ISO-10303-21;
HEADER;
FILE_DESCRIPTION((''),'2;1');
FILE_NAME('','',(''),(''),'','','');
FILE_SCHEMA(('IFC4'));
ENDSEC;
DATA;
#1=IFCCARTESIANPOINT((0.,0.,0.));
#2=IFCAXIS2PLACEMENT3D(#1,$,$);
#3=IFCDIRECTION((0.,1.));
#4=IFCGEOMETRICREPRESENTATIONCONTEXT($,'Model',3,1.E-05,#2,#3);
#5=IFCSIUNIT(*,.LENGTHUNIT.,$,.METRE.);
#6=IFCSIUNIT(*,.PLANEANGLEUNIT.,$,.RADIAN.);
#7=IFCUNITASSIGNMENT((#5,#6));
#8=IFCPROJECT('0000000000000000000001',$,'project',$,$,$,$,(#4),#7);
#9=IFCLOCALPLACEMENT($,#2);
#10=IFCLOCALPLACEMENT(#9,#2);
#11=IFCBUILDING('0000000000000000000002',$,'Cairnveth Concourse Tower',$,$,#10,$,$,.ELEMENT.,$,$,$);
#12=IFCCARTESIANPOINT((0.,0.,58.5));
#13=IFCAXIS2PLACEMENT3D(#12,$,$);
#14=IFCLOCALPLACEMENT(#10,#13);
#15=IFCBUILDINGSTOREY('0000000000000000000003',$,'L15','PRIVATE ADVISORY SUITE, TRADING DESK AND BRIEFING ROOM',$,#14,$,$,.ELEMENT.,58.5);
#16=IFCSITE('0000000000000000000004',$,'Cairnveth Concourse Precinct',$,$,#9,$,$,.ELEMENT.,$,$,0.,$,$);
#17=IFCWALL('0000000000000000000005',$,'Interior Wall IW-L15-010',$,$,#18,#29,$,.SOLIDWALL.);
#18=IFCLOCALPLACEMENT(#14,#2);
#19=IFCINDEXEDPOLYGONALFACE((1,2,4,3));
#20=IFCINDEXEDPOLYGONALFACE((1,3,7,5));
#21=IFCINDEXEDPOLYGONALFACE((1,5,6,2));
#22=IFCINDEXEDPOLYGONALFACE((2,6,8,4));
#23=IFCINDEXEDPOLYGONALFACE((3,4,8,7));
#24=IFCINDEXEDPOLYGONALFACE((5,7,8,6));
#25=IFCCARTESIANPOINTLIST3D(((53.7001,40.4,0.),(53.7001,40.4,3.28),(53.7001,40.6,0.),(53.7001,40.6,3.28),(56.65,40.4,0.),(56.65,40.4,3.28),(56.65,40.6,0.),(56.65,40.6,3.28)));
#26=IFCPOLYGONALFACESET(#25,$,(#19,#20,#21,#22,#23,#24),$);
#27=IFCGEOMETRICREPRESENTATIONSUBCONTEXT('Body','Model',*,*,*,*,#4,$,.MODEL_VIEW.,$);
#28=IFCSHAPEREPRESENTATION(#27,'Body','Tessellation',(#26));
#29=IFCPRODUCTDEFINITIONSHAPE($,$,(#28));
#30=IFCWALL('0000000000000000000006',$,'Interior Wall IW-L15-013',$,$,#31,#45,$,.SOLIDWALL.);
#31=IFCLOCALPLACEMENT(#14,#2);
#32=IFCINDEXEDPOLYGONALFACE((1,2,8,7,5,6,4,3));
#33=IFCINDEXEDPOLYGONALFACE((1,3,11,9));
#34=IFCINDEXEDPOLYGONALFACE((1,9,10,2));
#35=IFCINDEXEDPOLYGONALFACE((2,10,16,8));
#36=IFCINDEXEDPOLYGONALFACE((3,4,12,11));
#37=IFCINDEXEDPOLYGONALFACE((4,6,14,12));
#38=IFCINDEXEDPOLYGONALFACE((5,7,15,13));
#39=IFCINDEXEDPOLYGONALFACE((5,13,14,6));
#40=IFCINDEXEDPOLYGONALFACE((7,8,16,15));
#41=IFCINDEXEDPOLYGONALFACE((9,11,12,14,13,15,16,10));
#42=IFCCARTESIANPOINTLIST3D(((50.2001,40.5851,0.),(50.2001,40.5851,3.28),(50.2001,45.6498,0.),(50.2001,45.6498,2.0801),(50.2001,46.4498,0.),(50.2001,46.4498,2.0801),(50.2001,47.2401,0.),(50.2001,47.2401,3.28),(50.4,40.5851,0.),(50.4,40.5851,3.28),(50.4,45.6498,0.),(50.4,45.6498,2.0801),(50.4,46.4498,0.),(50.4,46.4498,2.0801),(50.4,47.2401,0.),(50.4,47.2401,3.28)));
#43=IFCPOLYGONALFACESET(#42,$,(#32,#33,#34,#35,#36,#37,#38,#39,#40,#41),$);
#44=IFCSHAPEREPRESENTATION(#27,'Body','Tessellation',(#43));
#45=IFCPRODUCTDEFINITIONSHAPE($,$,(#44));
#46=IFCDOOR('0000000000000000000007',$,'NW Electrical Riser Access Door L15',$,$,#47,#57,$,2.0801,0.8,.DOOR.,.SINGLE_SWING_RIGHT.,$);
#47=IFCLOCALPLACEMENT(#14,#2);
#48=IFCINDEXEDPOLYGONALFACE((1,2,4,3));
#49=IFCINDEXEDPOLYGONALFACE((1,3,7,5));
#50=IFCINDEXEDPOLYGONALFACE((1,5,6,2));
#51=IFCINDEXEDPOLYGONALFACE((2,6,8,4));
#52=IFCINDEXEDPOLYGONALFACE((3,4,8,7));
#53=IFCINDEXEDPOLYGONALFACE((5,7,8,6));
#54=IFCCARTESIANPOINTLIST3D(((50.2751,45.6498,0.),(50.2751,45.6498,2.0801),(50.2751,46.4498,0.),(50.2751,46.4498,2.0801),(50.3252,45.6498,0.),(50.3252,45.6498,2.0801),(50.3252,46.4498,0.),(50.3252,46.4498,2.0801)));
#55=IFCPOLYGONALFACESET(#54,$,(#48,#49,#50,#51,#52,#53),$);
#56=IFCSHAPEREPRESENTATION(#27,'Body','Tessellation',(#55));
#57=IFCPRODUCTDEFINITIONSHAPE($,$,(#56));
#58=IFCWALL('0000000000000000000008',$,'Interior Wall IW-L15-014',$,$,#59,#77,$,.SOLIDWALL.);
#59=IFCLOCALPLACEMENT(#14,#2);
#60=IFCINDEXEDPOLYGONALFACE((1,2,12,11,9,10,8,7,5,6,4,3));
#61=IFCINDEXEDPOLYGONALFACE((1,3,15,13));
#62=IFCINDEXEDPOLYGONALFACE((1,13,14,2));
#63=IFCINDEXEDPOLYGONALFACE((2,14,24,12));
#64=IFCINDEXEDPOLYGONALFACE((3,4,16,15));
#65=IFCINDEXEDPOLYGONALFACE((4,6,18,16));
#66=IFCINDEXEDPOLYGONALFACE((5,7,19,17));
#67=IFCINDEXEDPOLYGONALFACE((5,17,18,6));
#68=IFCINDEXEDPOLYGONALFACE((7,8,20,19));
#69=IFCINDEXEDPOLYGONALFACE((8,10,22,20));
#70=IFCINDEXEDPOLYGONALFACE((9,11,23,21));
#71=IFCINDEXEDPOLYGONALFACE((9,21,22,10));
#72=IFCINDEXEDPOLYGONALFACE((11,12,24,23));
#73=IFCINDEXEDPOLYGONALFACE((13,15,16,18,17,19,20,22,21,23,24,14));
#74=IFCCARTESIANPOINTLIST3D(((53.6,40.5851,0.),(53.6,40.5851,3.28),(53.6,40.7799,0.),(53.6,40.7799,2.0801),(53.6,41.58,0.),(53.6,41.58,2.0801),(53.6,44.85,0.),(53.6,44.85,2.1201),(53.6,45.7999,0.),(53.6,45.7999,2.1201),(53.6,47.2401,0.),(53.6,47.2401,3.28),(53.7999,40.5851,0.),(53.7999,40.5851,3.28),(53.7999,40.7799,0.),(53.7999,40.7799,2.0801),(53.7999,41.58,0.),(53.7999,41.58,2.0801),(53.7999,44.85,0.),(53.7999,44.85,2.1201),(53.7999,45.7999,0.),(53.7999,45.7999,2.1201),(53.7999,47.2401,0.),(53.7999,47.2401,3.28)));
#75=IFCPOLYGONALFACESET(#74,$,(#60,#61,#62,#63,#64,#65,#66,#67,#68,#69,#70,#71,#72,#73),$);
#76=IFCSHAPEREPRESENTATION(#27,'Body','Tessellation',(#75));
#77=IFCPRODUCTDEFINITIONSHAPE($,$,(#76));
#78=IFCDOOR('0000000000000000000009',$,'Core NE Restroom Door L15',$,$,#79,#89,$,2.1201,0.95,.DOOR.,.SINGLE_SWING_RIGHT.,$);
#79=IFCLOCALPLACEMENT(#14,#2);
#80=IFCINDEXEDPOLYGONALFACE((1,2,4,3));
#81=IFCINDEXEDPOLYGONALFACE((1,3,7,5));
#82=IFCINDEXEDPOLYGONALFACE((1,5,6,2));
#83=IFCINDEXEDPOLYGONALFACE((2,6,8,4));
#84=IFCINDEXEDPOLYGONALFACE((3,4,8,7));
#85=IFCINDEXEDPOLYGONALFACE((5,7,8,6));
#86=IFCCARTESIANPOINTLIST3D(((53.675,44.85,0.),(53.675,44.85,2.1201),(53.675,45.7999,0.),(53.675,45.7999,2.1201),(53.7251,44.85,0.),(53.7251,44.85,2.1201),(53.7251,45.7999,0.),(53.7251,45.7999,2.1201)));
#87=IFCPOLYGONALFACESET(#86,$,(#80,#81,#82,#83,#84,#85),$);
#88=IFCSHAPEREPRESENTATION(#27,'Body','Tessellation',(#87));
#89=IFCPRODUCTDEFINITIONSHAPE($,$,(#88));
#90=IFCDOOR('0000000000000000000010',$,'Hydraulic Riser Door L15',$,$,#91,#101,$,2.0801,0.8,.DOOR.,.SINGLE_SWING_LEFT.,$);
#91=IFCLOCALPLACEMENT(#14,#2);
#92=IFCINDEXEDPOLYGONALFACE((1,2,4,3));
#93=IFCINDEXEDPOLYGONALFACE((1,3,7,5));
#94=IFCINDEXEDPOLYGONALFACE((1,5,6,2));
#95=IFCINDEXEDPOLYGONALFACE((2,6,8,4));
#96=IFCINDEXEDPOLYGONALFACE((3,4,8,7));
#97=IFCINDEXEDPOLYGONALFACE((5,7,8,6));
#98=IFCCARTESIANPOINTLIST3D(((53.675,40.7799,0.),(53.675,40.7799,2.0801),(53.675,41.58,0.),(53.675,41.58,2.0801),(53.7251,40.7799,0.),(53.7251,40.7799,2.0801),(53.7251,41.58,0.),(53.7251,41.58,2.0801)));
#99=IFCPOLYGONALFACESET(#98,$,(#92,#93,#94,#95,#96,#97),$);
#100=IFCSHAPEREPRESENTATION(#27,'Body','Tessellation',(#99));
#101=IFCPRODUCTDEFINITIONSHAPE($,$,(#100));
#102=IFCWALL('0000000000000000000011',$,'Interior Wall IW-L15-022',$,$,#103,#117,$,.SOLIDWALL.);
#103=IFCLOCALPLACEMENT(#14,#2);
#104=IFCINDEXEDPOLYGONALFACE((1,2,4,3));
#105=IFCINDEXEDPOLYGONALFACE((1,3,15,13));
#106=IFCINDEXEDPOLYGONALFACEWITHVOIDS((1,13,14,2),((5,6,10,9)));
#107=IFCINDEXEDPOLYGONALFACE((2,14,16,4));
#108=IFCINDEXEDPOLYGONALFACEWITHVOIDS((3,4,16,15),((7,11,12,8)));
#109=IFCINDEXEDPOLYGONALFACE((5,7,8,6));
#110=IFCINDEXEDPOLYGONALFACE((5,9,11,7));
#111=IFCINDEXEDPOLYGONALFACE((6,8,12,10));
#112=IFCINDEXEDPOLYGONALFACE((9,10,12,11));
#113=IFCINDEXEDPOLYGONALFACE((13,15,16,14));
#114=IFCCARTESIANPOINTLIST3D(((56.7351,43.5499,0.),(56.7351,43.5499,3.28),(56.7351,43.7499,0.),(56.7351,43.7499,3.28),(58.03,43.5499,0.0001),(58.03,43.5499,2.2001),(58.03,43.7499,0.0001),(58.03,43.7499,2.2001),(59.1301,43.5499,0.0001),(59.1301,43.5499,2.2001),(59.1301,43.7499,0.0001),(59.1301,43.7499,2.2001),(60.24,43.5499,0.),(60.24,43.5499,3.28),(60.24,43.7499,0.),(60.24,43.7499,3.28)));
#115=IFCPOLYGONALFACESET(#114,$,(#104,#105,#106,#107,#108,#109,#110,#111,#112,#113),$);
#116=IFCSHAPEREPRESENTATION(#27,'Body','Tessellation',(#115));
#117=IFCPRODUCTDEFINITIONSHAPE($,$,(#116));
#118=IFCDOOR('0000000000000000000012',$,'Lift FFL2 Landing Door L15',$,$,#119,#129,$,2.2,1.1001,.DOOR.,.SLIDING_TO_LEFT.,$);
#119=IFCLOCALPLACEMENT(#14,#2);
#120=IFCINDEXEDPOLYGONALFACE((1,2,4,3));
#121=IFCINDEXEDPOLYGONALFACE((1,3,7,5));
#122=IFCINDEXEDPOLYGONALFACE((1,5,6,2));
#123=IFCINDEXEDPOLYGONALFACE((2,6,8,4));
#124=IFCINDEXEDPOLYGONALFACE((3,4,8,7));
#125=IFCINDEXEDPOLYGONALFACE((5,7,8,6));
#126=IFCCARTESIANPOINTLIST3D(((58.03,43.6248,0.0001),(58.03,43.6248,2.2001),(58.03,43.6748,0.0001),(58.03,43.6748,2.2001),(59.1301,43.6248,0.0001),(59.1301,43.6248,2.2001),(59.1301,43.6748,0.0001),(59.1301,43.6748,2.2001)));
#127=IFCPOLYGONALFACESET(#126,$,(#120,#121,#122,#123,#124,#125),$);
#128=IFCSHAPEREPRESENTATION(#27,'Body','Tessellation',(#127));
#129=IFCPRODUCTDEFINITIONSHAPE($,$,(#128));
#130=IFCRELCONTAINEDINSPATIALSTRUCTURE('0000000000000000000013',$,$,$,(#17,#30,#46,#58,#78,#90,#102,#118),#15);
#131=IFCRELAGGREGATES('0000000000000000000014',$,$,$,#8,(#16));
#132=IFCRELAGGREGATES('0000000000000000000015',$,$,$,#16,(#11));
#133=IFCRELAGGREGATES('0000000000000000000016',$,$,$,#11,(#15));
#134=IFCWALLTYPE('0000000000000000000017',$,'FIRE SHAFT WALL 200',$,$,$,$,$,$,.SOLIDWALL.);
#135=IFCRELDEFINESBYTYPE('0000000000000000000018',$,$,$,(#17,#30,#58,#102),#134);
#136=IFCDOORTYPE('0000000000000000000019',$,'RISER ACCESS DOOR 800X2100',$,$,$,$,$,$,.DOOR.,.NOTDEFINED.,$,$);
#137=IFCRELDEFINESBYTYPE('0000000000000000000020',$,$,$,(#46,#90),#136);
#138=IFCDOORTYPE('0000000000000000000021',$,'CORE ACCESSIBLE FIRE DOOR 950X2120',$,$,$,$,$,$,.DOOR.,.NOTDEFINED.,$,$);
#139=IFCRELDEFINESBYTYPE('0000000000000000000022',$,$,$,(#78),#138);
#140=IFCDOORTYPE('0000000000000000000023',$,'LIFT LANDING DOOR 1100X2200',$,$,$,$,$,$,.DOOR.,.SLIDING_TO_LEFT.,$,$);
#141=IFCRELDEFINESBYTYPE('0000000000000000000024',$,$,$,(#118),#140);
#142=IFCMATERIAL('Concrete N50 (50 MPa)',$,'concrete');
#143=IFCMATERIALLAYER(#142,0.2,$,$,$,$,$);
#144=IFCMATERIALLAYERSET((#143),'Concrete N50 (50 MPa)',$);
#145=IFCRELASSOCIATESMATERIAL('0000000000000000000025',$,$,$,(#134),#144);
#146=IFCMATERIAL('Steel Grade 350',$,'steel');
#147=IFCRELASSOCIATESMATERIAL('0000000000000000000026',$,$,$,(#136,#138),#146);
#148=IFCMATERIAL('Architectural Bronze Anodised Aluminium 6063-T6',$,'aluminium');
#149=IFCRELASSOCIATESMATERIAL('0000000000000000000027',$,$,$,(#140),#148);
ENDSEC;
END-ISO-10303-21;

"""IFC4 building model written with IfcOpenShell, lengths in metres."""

from ifc_helpers import new_model, si_unit, direction, frame, frame_2d, origin, place, context, subcontext, project, spatial, rectangle, extrude, material, layer, layer_set, type_object, element, fill, save


model = new_model("IFC4")

# Units and contexts
model_context = context("Model", 3, precision=1e-05, world=origin(), true_north=direction((0.0, 1.0)))
body_context = subcontext(model_context, "Body", "Model", "MODEL_VIEW")
ifc_project = project(units=[si_unit("LENGTHUNIT", "METRE"), si_unit("PLANEANGLEUNIT", "RADIAN")], contexts=[model_context])

# Site, building, storey
site_placement = place(None, origin())
site = spatial("IfcSite", under=ifc_project, at=site_placement, Name="Cairnveth Concourse Precinct", CompositionType="ELEMENT", RefElevation=0.0)
building_placement = place(site_placement, origin())
building = spatial("IfcBuilding", under=site, at=building_placement, Name="Cairnveth Concourse Tower", CompositionType="ELEMENT")
storey_placement = place(building_placement, frame((0.0, 0.0, 58.5)))
storey = spatial("IfcBuildingStorey", under=building, at=storey_placement, Name="L15", Description="PRIVATE ADVISORY SUITE, TRADING DESK AND BRIEFING ROOM", CompositionType="ELEMENT", Elevation=58.5)

# Shared definitions
ifc_material_1 = material(Name="Steel Grade 350", Category="steel")

# Wall
ifc_material_2 = material(Name="Concrete N50 (50 MPa)", Category="concrete")
ifc_layer_1 = layer(ifc_material_2, 0.2)
ifc_layer_set_1 = layer_set([ifc_layer_1], Name="Concrete N50 (50 MPa)")
wall_type_1 = type_object("IfcWallType", Name="FIRE SHAFT WALL 200", PredefinedType="SOLIDWALL", material=ifc_layer_set_1)
for number, where, z_axis, x_axis, name in (
    (1, (53.7, 40.5, 0.0), (0.0, 0.0, 1.0), (1.0, 0.0, 0.0), "Interior Wall IW-L15-010"),
):
    element("IfcWall", number, at=place(storey_placement, frame(where, z_axis=z_axis, x_axis=x_axis)), inside=storey, type_object=wall_type_1, Name=name, PredefinedType="SOLIDWALL", context=body_context, shape_type="SweptSolid", body=[
        extrude(rectangle(XDim=2.95, YDim=0.2, at=frame_2d((1.4751, 0.0))), origin(), (0.0, 0.0, 1.0), 3.28),
    ])

# Wall, opening, door
wall_1_placement = place(storey_placement, frame((50.3, 40.585, 0.0), z_axis=(0.0, 0.0, 1.0), x_axis=(0.0, 1.0, 0.0)))
wall_1 = element("IfcWall", 2, at=wall_1_placement, inside=storey, type_object=wall_type_1, Name="Interior Wall IW-L15-013", PredefinedType="SOLIDWALL", context=body_context, shape_type="SweptSolid", body=[
    extrude(rectangle(XDim=6.655, YDim=0.2, at=frame_2d((3.3276, 0.0))), origin(), (0.0, 0.0, 1.0), 3.28),
])
opening_1_placement = place(wall_1_placement, frame((5.0649, 0.0, 0.0)))
opening_1 = element("IfcOpeningElement", 3, at=opening_1_placement, cuts=wall_1, PredefinedType="OPENING", context=body_context, shape_type="SweptSolid", body=[
    extrude(rectangle(XDim=0.8, YDim=2.0801, at=frame_2d((0.3999, 1.04))), frame((0.0, 0.1099, 0.0), z_axis=(0.0, -1.0, 0.0), x_axis=(1.0, 0.0, 0.0)), (0.0, 0.0, 1.0), 0.22),
])
door_type_1 = type_object("IfcDoorType", Name="RISER ACCESS DOOR 800X2100", OperationType="NOTDEFINED", PredefinedType="DOOR", material=ifc_material_1)
door_1_placement = place(opening_1_placement, origin())
door_1 = element("IfcDoor", 4, at=door_1_placement, inside=storey, type_object=door_type_1, Name="NW Electrical Riser Access Door L15", OperationType="SINGLE_SWING_RIGHT", OverallHeight=2.0801, OverallWidth=0.8, PredefinedType="DOOR", context=body_context, shape_type="SweptSolid", body=[
    extrude(rectangle(XDim=0.8, YDim=2.0801, at=frame_2d((0.3999, 1.04))), frame((0.0, 0.0249, 0.0), z_axis=(0.0, -1.0, 0.0), x_axis=(1.0, 0.0, 0.0)), (0.0, 0.0, 1.0), 0.05),
])
fill(opening_1, door_1)

# Wall, openings, doors
wall_2_placement = place(storey_placement, frame((53.7, 40.585, 0.0), z_axis=(0.0, 0.0, 1.0), x_axis=(0.0, 1.0, 0.0)))
wall_2 = element("IfcWall", 5, at=wall_2_placement, inside=storey, type_object=wall_type_1, Name="Interior Wall IW-L15-014", PredefinedType="SOLIDWALL", context=body_context, shape_type="SweptSolid", body=[
    extrude(rectangle(XDim=6.655, YDim=0.2, at=frame_2d((3.3276, 0.0))), origin(), (0.0, 0.0, 1.0), 3.28),
])
opening_2_placement = place(wall_2_placement, frame((0.1951, 0.0, 0.0)))
opening_2 = element("IfcOpeningElement", 6, at=opening_2_placement, cuts=wall_2, PredefinedType="OPENING", context=body_context, shape_type="SweptSolid", body=[
    extrude(rectangle(XDim=0.8, YDim=2.0801, at=frame_2d((0.3999, 1.04))), frame((0.0, 0.1099, 0.0), z_axis=(0.0, -1.0, 0.0), x_axis=(1.0, 0.0, 0.0)), (0.0, 0.0, 1.0), 0.22),
])
opening_3_placement = place(wall_2_placement, frame((4.2649, 0.0, 0.0)))
opening_3 = element("IfcOpeningElement", 7, at=opening_3_placement, cuts=wall_2, PredefinedType="OPENING", context=body_context, shape_type="SweptSolid", body=[
    extrude(rectangle(XDim=0.95, YDim=2.1201, at=frame_2d((0.4751, 1.0601))), frame((0.0, 0.1099, 0.0), z_axis=(0.0, -1.0, 0.0), x_axis=(1.0, 0.0, 0.0)), (0.0, 0.0, 1.0), 0.22),
])
door_type_2 = type_object("IfcDoorType", Name="CORE ACCESSIBLE FIRE DOOR 950X2120", OperationType="NOTDEFINED", PredefinedType="DOOR", material=ifc_material_1)
door_2_placement = place(opening_3_placement, origin())
door_2 = element("IfcDoor", 8, at=door_2_placement, inside=storey, type_object=door_type_2, Name="Core NE Restroom Door L15", OperationType="SINGLE_SWING_RIGHT", OverallHeight=2.1201, OverallWidth=0.95, PredefinedType="DOOR", context=body_context, shape_type="SweptSolid", body=[
    extrude(rectangle(XDim=0.95, YDim=2.1201, at=frame_2d((0.4751, 1.0601))), frame((0.0, 0.0249, 0.0), z_axis=(0.0, -1.0, 0.0), x_axis=(1.0, 0.0, 0.0)), (0.0, 0.0, 1.0), 0.05),
])
fill(opening_3, door_2)
door_3_placement = place(opening_2_placement, origin())
door_3 = element("IfcDoor", 9, at=door_3_placement, inside=storey, type_object=door_type_1, Name="Hydraulic Riser Door L15", OperationType="SINGLE_SWING_LEFT", OverallHeight=2.0801, OverallWidth=0.8, PredefinedType="DOOR", context=body_context, shape_type="SweptSolid", body=[
    extrude(rectangle(XDim=0.8, YDim=2.0801, at=frame_2d((0.3999, 1.04))), frame((0.0, 0.0249, 0.0), z_axis=(0.0, -1.0, 0.0), x_axis=(1.0, 0.0, 0.0)), (0.0, 0.0, 1.0), 0.05),
])
fill(opening_2, door_3)

# Wall, opening, door
wall_3_placement = place(storey_placement, frame((56.7351, 43.6499, 0.0), z_axis=(0.0, 0.0, 1.0), x_axis=(1.0, 0.0, 0.0)))
wall_3 = element("IfcWall", 10, at=wall_3_placement, inside=storey, type_object=wall_type_1, Name="Interior Wall IW-L15-022", PredefinedType="SOLIDWALL", context=body_context, shape_type="SweptSolid", body=[
    extrude(rectangle(XDim=3.5049, YDim=0.2, at=frame_2d((1.7524, 0.0))), origin(), (0.0, 0.0, 1.0), 3.28),
])
opening_4_placement = place(wall_3_placement, frame((1.2949, 0.0, 0.0)))
opening_4 = element("IfcOpeningElement", 11, at=opening_4_placement, cuts=wall_3, PredefinedType="OPENING", context=body_context, shape_type="SweptSolid", body=[
    extrude(rectangle(XDim=1.1001, YDim=2.2, at=frame_2d((0.55, 1.1001))), frame((0.0, 0.1099, 0.0), z_axis=(0.0, -1.0, 0.0), x_axis=(1.0, 0.0, 0.0)), (0.0, 0.0, 1.0), 0.22),
])
ifc_material_3 = material(Name="Architectural Bronze Anodised Aluminium 6063-T6", Category="aluminium")
door_type_3 = type_object("IfcDoorType", Name="LIFT LANDING DOOR 1100X2200", OperationType="SLIDING_TO_LEFT", PredefinedType="DOOR", material=ifc_material_3)
door_4_placement = place(opening_4_placement, origin())
door_4 = element("IfcDoor", 12, at=door_4_placement, inside=storey, type_object=door_type_3, Name="Lift FFL2 Landing Door L15", OperationType="SLIDING_TO_LEFT", OverallHeight=2.2, OverallWidth=1.1001, PredefinedType="DOOR", context=body_context, shape_type="SweptSolid", body=[
    extrude(rectangle(XDim=1.1001, YDim=2.2, at=frame_2d((0.55, 1.1001))), frame((0.0, 0.0249, 0.0), z_axis=(0.0, -1.0, 0.0), x_axis=(1.0, 0.0, 0.0)), (0.0, 0.0, 1.0), 0.05),
])
fill(opening_4, door_4)

save(model, "model.ifc")
